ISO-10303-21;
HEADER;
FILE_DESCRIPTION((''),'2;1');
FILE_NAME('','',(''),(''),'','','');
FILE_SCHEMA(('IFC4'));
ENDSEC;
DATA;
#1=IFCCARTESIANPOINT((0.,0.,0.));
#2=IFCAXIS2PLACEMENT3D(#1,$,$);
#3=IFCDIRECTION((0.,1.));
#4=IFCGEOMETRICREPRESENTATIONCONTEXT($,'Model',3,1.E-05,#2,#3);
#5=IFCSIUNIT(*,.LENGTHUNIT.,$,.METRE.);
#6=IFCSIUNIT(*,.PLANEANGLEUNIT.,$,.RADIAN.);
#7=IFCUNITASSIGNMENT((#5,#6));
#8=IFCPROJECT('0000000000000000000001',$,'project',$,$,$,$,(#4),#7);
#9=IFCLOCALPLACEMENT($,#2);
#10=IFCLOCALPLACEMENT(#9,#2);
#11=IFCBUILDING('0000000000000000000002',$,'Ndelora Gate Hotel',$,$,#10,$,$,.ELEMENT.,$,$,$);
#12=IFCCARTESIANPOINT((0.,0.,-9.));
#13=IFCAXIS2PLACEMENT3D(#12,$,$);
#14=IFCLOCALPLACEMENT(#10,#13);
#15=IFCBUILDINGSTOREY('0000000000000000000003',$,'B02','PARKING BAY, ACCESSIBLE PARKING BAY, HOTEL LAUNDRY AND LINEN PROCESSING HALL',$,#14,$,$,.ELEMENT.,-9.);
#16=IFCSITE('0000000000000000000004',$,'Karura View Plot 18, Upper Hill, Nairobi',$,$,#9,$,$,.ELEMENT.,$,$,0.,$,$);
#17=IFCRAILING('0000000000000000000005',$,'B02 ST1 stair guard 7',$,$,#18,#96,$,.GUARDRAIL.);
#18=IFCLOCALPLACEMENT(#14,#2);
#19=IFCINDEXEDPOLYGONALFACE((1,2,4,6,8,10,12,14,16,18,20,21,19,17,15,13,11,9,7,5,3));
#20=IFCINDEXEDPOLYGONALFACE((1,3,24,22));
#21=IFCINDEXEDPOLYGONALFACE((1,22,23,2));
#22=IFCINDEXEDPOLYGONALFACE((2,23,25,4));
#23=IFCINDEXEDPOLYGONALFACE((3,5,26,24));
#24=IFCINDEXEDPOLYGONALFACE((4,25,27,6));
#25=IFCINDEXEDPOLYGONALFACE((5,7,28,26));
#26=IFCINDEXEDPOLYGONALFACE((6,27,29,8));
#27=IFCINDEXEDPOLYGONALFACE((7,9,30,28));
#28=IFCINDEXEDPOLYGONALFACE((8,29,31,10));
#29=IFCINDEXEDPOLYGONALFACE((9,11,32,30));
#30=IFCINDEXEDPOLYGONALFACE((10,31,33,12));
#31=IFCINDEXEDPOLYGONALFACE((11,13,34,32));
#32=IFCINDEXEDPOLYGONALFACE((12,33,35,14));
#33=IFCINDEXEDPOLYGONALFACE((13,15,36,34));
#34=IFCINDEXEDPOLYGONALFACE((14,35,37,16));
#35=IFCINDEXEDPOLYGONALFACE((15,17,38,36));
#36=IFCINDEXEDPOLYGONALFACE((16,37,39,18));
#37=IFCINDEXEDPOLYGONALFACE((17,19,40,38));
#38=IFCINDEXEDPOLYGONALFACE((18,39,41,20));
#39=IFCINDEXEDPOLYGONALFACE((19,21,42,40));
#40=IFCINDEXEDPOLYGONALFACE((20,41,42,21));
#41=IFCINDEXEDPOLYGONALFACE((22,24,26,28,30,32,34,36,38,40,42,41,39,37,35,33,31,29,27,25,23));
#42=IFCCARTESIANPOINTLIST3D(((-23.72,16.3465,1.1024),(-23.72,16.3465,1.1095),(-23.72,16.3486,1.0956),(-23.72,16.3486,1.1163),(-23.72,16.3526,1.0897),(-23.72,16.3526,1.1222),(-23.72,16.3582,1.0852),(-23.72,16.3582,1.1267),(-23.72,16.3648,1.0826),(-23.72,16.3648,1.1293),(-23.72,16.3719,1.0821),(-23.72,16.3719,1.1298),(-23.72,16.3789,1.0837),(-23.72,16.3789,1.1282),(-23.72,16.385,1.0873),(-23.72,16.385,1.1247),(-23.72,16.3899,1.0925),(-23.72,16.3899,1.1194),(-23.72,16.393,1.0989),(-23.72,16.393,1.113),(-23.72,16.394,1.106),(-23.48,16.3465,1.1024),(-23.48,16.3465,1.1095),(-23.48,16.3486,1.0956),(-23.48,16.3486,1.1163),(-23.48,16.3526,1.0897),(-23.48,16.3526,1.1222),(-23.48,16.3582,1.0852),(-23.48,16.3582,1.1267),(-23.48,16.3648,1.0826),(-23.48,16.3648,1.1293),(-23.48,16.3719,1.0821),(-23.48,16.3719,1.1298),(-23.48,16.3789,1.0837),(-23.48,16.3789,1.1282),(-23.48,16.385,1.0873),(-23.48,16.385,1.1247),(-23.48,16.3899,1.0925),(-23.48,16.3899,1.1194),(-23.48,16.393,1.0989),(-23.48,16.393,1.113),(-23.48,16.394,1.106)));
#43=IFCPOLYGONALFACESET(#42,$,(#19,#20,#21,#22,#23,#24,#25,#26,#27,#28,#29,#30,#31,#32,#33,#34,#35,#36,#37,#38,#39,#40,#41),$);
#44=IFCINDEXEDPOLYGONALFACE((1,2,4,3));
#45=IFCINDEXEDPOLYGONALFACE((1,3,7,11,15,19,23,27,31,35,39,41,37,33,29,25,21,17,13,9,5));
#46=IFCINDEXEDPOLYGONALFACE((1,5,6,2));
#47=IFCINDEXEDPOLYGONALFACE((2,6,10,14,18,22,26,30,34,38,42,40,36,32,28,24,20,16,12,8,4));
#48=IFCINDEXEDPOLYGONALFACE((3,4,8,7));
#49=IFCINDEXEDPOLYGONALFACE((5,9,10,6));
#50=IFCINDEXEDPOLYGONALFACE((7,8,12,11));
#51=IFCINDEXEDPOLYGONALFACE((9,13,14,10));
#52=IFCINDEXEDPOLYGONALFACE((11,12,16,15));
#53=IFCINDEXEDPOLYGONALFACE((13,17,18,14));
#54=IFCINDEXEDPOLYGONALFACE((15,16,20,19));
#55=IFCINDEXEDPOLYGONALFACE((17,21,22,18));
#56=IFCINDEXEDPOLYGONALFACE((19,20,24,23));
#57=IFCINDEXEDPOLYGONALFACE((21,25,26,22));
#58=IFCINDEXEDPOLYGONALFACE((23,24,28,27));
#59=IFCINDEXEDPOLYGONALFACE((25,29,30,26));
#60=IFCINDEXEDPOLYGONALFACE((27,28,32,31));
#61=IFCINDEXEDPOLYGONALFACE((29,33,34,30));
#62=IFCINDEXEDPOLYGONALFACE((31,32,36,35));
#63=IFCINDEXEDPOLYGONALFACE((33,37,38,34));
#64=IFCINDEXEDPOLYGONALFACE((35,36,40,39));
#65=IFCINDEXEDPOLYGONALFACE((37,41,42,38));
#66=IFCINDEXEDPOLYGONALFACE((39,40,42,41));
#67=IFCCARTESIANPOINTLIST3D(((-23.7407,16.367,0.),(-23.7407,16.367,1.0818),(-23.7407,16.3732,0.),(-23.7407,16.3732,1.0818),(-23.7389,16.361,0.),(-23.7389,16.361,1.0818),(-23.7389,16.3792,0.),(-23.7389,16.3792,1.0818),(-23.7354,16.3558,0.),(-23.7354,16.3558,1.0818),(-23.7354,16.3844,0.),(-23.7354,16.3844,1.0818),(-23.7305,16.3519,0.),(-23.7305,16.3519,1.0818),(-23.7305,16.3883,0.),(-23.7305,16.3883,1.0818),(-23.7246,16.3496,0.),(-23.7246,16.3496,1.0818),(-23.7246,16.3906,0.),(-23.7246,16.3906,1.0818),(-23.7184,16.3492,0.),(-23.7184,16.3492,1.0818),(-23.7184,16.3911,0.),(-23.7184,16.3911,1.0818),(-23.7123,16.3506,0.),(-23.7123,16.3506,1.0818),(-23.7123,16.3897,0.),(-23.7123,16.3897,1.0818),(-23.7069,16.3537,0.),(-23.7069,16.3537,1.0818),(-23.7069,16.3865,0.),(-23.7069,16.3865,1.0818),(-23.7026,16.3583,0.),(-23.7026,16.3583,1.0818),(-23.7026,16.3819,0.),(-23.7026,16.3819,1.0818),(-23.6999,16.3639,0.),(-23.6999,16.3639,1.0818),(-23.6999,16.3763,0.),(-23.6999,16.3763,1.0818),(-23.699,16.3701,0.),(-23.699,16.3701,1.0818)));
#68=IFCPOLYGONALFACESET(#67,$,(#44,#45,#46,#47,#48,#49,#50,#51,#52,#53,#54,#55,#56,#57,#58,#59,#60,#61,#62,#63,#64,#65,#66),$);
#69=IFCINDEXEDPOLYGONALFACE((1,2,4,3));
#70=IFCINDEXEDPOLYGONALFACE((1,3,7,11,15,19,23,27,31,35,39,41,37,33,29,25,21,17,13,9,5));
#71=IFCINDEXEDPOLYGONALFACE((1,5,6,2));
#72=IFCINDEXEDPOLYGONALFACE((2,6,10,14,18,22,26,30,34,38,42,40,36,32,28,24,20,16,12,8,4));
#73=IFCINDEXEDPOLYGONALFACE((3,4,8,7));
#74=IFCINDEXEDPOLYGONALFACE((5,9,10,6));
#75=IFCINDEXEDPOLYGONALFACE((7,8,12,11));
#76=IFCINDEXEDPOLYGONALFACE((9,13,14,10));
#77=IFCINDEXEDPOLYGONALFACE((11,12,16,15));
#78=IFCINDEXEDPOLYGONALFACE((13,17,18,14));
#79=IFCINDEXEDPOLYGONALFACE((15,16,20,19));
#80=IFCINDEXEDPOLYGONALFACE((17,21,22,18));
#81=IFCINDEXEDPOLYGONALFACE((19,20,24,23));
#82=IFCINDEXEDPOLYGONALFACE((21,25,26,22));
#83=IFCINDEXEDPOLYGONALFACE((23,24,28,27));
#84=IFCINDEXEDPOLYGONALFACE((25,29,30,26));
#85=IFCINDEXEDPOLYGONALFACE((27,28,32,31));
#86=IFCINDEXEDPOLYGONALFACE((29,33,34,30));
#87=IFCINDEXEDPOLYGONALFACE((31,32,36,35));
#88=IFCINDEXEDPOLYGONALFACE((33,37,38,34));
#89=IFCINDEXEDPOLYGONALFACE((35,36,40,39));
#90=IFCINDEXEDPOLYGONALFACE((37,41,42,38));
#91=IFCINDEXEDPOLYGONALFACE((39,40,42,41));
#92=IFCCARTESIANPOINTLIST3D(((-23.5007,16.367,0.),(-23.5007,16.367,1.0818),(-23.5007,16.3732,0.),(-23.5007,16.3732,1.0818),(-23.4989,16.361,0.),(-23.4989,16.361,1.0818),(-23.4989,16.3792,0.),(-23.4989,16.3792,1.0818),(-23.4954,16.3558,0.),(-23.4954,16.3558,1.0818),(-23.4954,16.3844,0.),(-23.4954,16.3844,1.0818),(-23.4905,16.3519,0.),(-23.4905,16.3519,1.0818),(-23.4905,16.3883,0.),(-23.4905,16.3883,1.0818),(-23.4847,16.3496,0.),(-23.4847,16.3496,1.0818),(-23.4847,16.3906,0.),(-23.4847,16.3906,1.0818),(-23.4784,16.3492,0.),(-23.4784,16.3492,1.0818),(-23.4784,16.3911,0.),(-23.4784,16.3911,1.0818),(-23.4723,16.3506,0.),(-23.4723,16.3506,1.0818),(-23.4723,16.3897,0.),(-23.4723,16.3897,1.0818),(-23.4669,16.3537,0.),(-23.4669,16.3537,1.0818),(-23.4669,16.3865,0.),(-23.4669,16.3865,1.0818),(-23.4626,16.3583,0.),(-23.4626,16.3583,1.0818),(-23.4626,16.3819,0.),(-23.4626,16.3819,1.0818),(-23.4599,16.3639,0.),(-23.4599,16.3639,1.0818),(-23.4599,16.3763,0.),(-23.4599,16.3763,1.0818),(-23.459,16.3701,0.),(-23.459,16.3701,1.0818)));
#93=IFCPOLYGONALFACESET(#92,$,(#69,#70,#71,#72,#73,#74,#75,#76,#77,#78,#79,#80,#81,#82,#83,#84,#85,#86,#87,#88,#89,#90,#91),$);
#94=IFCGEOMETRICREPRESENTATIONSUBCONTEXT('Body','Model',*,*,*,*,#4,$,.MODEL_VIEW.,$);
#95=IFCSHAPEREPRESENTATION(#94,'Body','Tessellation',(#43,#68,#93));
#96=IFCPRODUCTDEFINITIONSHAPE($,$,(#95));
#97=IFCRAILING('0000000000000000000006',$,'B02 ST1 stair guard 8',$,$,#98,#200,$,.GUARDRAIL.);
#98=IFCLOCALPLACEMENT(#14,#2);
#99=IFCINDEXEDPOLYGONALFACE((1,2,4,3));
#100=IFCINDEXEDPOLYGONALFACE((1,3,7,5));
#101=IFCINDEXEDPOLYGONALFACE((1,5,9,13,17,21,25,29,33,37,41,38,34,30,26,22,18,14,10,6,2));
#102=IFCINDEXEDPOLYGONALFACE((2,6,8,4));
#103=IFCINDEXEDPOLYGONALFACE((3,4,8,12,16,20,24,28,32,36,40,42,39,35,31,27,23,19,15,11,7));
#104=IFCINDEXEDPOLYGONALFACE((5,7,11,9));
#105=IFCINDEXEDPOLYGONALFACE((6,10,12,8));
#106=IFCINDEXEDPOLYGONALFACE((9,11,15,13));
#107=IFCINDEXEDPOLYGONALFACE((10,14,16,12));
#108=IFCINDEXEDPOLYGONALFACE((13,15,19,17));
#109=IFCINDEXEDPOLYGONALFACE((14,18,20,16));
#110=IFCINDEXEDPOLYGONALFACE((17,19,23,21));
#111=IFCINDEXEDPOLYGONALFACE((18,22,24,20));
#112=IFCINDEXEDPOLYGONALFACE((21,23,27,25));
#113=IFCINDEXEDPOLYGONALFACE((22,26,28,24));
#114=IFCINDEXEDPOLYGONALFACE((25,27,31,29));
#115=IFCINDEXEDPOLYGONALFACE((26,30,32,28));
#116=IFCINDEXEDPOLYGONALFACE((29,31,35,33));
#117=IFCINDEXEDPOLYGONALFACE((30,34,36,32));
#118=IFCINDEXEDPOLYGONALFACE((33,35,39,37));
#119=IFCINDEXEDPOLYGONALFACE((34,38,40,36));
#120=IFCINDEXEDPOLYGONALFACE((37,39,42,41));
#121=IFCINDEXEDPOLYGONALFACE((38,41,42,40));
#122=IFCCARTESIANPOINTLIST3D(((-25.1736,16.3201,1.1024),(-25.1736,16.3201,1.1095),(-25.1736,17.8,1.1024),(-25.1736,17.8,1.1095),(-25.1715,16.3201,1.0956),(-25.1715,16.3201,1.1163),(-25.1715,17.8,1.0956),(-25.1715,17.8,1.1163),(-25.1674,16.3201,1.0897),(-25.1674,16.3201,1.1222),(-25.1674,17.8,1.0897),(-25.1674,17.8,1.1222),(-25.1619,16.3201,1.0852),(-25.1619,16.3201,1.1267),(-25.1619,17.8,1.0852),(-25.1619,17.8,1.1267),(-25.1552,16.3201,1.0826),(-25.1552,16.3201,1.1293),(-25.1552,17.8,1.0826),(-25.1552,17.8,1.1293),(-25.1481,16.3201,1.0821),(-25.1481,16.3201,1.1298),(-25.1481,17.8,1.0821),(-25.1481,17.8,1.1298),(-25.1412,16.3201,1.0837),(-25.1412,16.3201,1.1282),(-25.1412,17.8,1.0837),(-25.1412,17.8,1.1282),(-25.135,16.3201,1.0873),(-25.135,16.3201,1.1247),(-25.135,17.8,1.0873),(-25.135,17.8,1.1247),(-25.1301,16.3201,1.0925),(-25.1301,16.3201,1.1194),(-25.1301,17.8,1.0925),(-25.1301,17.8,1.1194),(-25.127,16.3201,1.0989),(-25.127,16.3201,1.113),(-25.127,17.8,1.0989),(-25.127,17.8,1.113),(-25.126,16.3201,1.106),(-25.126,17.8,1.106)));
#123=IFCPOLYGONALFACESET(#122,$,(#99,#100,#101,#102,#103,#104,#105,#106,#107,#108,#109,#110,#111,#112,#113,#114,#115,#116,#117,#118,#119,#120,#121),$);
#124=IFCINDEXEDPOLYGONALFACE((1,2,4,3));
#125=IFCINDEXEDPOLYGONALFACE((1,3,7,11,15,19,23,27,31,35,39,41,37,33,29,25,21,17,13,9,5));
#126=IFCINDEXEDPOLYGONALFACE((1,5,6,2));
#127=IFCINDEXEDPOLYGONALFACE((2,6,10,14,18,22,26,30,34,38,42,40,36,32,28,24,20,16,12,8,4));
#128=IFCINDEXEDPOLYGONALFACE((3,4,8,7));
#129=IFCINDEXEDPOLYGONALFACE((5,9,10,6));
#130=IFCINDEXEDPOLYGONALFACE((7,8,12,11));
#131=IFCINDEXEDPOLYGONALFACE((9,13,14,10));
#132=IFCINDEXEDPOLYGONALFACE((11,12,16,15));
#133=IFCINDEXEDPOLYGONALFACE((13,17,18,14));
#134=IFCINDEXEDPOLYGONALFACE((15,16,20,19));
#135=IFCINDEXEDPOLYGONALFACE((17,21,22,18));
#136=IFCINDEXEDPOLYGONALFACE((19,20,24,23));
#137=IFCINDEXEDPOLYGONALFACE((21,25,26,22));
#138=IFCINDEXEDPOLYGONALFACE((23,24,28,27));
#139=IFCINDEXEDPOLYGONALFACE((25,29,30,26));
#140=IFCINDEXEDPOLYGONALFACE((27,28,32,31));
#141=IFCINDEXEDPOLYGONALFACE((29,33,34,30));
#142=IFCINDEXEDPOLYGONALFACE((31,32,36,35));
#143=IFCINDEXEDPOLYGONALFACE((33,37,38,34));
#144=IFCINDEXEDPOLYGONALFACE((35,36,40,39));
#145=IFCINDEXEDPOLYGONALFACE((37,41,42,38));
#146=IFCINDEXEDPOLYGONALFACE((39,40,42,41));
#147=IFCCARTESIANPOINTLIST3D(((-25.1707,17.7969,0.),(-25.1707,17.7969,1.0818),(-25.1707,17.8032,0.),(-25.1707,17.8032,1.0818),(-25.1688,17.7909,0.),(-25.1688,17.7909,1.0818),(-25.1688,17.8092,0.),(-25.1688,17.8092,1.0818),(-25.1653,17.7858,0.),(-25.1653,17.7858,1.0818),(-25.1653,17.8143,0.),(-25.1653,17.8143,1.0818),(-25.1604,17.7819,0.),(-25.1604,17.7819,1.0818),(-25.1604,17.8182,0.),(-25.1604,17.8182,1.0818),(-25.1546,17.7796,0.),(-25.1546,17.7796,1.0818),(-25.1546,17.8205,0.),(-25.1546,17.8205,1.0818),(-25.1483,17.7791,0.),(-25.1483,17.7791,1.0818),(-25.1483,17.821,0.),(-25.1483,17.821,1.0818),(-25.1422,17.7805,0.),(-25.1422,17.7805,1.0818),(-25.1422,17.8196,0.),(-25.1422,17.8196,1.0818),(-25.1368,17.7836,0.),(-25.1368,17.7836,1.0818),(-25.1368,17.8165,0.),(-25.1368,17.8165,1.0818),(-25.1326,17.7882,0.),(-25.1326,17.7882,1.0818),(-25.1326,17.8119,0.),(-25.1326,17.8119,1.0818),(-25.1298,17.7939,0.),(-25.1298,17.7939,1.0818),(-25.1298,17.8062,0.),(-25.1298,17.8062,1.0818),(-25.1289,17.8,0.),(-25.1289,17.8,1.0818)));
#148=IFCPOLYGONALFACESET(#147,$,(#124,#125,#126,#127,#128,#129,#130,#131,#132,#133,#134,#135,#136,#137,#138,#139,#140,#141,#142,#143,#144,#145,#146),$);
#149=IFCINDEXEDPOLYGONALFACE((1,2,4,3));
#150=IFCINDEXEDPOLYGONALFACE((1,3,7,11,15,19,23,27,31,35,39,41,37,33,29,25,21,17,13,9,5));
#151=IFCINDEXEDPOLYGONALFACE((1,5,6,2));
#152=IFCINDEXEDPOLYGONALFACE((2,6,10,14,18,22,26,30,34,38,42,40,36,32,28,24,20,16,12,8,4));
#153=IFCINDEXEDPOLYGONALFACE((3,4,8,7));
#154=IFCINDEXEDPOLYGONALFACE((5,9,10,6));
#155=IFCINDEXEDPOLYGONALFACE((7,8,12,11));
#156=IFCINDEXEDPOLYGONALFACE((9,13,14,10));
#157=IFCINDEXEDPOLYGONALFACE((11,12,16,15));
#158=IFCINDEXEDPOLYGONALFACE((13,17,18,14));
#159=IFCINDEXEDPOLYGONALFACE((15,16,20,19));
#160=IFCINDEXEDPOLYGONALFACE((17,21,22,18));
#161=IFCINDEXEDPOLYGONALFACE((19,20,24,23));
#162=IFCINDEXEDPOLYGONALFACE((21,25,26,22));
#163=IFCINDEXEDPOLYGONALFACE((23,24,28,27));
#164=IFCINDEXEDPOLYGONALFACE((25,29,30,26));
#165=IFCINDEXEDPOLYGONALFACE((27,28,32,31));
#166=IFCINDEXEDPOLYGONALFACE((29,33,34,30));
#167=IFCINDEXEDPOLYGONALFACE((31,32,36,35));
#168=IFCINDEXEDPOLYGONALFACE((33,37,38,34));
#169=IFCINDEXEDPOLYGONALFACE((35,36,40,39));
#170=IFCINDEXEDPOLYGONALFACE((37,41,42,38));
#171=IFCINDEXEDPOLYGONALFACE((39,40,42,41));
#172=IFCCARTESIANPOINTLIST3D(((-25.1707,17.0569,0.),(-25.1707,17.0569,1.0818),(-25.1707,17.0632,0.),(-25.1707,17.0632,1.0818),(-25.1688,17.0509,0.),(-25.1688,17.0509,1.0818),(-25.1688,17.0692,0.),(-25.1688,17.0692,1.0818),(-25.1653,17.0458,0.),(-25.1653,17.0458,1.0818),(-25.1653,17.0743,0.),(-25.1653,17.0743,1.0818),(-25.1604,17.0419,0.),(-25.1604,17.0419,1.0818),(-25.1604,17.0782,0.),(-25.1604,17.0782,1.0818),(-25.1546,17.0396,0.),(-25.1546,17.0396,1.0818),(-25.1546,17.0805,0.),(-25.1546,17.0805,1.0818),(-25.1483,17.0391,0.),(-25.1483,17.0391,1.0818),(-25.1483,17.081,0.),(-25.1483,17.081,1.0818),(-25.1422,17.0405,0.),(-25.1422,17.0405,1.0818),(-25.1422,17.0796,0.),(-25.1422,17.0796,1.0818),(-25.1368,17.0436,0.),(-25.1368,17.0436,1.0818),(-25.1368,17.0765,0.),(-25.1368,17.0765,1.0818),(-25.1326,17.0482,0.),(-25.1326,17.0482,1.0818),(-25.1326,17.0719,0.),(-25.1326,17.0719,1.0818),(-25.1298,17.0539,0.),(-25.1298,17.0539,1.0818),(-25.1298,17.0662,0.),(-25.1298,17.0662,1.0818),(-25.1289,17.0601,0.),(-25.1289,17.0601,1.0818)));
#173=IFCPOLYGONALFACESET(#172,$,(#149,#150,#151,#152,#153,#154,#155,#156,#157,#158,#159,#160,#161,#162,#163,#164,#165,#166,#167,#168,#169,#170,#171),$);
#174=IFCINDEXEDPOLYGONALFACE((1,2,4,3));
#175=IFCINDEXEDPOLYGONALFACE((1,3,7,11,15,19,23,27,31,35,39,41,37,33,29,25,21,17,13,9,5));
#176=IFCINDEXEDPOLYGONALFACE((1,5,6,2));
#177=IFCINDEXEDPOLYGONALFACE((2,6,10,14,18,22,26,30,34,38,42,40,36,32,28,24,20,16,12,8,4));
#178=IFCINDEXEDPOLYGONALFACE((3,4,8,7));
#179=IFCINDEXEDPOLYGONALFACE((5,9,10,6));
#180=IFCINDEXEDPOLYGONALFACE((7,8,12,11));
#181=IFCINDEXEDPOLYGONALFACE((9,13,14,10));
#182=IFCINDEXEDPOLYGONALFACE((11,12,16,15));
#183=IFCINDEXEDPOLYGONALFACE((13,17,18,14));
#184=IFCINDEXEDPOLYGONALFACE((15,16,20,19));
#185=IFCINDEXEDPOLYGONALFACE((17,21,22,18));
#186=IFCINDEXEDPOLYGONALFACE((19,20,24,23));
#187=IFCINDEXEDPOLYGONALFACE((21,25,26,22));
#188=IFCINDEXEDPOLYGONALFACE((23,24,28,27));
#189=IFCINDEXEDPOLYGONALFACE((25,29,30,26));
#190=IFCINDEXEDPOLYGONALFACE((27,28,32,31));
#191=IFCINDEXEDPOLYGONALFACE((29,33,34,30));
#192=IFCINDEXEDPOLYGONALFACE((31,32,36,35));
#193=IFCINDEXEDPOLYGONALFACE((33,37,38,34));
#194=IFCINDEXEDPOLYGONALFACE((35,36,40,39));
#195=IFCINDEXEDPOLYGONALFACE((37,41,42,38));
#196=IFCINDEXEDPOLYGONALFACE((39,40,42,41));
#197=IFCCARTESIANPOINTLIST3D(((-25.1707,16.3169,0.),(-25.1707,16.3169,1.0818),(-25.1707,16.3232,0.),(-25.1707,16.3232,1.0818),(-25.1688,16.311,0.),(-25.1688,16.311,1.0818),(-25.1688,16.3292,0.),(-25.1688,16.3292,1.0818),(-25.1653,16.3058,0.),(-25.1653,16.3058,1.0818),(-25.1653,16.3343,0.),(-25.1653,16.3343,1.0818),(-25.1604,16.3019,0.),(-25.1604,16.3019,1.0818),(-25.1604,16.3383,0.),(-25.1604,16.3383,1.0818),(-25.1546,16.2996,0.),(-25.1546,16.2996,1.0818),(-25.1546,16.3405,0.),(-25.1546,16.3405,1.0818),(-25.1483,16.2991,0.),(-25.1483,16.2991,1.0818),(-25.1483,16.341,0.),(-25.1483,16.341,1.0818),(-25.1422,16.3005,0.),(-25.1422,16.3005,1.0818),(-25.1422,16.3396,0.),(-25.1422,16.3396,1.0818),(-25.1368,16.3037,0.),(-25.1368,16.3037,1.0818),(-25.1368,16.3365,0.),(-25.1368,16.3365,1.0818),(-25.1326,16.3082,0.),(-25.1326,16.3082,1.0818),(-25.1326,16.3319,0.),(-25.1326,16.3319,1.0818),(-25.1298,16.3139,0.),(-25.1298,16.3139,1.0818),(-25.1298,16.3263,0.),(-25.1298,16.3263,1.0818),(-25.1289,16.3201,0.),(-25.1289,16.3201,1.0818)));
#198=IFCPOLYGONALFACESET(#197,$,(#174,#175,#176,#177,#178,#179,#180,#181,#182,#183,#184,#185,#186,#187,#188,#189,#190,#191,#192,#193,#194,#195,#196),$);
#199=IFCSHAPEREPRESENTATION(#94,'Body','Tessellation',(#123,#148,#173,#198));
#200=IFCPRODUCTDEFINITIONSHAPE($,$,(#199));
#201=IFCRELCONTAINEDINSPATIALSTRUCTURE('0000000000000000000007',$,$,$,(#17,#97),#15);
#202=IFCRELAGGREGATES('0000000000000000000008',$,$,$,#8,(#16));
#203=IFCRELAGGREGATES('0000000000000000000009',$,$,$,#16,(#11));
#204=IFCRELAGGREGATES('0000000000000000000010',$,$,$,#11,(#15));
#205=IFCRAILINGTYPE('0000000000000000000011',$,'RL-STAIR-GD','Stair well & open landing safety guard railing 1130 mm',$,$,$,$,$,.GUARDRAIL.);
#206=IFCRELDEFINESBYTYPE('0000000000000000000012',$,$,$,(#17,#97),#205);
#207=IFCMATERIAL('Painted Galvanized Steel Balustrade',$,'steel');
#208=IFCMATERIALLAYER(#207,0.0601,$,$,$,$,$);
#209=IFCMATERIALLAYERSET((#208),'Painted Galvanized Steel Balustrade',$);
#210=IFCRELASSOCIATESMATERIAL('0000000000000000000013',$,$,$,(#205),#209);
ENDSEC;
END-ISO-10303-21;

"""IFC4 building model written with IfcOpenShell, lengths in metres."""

from ifc_helpers import new_model, si_unit, direction, frame, origin, origin_2d, place, context, subcontext, project, spatial, circle, extrude, material, layer, layer_set, type_object, element, save


model = new_model("IFC4")

# Units and contexts
model_context = context("Model", 3, precision=1e-05, world=origin(), true_north=direction((0.0, 1.0)))
body_context = subcontext(model_context, "Body", "Model", "MODEL_VIEW")
ifc_project = project(units=[si_unit("LENGTHUNIT", "METRE"), si_unit("PLANEANGLEUNIT", "RADIAN")], contexts=[model_context])

# Site, building, storey
site_placement = place(None, origin())
site = spatial("IfcSite", under=ifc_project, at=site_placement, Name="Karura View Plot 18, Upper Hill, Nairobi", CompositionType="ELEMENT", RefElevation=0.0)
building_placement = place(site_placement, origin())
building = spatial("IfcBuilding", under=site, at=building_placement, Name="Ndelora Gate Hotel", CompositionType="ELEMENT")
storey_placement = place(building_placement, frame((0.0, 0.0, -9.0)))
storey = spatial("IfcBuildingStorey", under=building, at=storey_placement, Name="B02", Description="PARKING BAY, ACCESSIBLE PARKING BAY, HOTEL LAUNDRY AND LINEN PROCESSING HALL", CompositionType="ELEMENT", Elevation=-9.0)

# Railings
ifc_material_1 = material(Name="Painted Galvanized Steel Balustrade", Category="steel")
ifc_layer_1 = layer(ifc_material_1, 0.0601)
ifc_layer_set_1 = layer_set([ifc_layer_1], Name="Painted Galvanized Steel Balustrade")
railing_type_1 = type_object("IfcRailingType", Name="RL-STAIR-GD", Description="Stair well & open landing safety guard railing 1130 mm", PredefinedType="GUARDRAIL", material=ifc_layer_set_1)
railing_1_placement = place(storey_placement, frame((-23.72, 16.3701, 0.0)))
element("IfcRailing", 1, at=railing_1_placement, inside=storey, type_object=railing_type_1, Name="B02 ST1 stair guard 7", PredefinedType="GUARDRAIL", context=body_context, shape_type="SweptSolid", body=[
    extrude(circle(Radius=0.0239, at=origin_2d()), frame((0.0, 0.0, 1.106), z_axis=(1.0, 0.0, 0.0), x_axis=(0.0, 1.0, 0.0)), (0.0, 0.0, 1.0), 0.24),
    extrude(circle(Radius=0.021, at=origin_2d()), origin(), (0.0, 0.0, 1.0), 1.0818),
    extrude(circle(Radius=0.021, at=origin_2d()), frame((0.24, 0.0, 0.0)), (0.0, 0.0, 1.0), 1.0818),
])
for number, where, name in (
    (2, (-25.1499, 17.8, 0.0), "B02 ST1 stair guard 8"),
):
    element("IfcRailing", number, at=place(storey_placement, frame(where)), inside=storey, type_object=railing_type_1, Name=name, PredefinedType="GUARDRAIL", context=body_context, shape_type="SweptSolid", body=[
        extrude(circle(Radius=0.0239, at=origin_2d()), frame((0.0, 0.0, 1.106), z_axis=(0.0, -1.0, 0.0), x_axis=(1.0, 0.0, 0.0)), (0.0, 0.0, 1.0), 1.48),
        extrude(circle(Radius=0.021, at=origin_2d()), origin(), (0.0, 0.0, 1.0), 1.0818),
        extrude(circle(Radius=0.021, at=origin_2d()), frame((0.0, -0.74, 0.0)), (0.0, 0.0, 1.0), 1.0818),
        extrude(circle(Radius=0.021, at=origin_2d()), frame((0.0, -1.48, 0.0)), (0.0, 0.0, 1.0), 1.0818),
    ])

save(model, "model.ifc")
